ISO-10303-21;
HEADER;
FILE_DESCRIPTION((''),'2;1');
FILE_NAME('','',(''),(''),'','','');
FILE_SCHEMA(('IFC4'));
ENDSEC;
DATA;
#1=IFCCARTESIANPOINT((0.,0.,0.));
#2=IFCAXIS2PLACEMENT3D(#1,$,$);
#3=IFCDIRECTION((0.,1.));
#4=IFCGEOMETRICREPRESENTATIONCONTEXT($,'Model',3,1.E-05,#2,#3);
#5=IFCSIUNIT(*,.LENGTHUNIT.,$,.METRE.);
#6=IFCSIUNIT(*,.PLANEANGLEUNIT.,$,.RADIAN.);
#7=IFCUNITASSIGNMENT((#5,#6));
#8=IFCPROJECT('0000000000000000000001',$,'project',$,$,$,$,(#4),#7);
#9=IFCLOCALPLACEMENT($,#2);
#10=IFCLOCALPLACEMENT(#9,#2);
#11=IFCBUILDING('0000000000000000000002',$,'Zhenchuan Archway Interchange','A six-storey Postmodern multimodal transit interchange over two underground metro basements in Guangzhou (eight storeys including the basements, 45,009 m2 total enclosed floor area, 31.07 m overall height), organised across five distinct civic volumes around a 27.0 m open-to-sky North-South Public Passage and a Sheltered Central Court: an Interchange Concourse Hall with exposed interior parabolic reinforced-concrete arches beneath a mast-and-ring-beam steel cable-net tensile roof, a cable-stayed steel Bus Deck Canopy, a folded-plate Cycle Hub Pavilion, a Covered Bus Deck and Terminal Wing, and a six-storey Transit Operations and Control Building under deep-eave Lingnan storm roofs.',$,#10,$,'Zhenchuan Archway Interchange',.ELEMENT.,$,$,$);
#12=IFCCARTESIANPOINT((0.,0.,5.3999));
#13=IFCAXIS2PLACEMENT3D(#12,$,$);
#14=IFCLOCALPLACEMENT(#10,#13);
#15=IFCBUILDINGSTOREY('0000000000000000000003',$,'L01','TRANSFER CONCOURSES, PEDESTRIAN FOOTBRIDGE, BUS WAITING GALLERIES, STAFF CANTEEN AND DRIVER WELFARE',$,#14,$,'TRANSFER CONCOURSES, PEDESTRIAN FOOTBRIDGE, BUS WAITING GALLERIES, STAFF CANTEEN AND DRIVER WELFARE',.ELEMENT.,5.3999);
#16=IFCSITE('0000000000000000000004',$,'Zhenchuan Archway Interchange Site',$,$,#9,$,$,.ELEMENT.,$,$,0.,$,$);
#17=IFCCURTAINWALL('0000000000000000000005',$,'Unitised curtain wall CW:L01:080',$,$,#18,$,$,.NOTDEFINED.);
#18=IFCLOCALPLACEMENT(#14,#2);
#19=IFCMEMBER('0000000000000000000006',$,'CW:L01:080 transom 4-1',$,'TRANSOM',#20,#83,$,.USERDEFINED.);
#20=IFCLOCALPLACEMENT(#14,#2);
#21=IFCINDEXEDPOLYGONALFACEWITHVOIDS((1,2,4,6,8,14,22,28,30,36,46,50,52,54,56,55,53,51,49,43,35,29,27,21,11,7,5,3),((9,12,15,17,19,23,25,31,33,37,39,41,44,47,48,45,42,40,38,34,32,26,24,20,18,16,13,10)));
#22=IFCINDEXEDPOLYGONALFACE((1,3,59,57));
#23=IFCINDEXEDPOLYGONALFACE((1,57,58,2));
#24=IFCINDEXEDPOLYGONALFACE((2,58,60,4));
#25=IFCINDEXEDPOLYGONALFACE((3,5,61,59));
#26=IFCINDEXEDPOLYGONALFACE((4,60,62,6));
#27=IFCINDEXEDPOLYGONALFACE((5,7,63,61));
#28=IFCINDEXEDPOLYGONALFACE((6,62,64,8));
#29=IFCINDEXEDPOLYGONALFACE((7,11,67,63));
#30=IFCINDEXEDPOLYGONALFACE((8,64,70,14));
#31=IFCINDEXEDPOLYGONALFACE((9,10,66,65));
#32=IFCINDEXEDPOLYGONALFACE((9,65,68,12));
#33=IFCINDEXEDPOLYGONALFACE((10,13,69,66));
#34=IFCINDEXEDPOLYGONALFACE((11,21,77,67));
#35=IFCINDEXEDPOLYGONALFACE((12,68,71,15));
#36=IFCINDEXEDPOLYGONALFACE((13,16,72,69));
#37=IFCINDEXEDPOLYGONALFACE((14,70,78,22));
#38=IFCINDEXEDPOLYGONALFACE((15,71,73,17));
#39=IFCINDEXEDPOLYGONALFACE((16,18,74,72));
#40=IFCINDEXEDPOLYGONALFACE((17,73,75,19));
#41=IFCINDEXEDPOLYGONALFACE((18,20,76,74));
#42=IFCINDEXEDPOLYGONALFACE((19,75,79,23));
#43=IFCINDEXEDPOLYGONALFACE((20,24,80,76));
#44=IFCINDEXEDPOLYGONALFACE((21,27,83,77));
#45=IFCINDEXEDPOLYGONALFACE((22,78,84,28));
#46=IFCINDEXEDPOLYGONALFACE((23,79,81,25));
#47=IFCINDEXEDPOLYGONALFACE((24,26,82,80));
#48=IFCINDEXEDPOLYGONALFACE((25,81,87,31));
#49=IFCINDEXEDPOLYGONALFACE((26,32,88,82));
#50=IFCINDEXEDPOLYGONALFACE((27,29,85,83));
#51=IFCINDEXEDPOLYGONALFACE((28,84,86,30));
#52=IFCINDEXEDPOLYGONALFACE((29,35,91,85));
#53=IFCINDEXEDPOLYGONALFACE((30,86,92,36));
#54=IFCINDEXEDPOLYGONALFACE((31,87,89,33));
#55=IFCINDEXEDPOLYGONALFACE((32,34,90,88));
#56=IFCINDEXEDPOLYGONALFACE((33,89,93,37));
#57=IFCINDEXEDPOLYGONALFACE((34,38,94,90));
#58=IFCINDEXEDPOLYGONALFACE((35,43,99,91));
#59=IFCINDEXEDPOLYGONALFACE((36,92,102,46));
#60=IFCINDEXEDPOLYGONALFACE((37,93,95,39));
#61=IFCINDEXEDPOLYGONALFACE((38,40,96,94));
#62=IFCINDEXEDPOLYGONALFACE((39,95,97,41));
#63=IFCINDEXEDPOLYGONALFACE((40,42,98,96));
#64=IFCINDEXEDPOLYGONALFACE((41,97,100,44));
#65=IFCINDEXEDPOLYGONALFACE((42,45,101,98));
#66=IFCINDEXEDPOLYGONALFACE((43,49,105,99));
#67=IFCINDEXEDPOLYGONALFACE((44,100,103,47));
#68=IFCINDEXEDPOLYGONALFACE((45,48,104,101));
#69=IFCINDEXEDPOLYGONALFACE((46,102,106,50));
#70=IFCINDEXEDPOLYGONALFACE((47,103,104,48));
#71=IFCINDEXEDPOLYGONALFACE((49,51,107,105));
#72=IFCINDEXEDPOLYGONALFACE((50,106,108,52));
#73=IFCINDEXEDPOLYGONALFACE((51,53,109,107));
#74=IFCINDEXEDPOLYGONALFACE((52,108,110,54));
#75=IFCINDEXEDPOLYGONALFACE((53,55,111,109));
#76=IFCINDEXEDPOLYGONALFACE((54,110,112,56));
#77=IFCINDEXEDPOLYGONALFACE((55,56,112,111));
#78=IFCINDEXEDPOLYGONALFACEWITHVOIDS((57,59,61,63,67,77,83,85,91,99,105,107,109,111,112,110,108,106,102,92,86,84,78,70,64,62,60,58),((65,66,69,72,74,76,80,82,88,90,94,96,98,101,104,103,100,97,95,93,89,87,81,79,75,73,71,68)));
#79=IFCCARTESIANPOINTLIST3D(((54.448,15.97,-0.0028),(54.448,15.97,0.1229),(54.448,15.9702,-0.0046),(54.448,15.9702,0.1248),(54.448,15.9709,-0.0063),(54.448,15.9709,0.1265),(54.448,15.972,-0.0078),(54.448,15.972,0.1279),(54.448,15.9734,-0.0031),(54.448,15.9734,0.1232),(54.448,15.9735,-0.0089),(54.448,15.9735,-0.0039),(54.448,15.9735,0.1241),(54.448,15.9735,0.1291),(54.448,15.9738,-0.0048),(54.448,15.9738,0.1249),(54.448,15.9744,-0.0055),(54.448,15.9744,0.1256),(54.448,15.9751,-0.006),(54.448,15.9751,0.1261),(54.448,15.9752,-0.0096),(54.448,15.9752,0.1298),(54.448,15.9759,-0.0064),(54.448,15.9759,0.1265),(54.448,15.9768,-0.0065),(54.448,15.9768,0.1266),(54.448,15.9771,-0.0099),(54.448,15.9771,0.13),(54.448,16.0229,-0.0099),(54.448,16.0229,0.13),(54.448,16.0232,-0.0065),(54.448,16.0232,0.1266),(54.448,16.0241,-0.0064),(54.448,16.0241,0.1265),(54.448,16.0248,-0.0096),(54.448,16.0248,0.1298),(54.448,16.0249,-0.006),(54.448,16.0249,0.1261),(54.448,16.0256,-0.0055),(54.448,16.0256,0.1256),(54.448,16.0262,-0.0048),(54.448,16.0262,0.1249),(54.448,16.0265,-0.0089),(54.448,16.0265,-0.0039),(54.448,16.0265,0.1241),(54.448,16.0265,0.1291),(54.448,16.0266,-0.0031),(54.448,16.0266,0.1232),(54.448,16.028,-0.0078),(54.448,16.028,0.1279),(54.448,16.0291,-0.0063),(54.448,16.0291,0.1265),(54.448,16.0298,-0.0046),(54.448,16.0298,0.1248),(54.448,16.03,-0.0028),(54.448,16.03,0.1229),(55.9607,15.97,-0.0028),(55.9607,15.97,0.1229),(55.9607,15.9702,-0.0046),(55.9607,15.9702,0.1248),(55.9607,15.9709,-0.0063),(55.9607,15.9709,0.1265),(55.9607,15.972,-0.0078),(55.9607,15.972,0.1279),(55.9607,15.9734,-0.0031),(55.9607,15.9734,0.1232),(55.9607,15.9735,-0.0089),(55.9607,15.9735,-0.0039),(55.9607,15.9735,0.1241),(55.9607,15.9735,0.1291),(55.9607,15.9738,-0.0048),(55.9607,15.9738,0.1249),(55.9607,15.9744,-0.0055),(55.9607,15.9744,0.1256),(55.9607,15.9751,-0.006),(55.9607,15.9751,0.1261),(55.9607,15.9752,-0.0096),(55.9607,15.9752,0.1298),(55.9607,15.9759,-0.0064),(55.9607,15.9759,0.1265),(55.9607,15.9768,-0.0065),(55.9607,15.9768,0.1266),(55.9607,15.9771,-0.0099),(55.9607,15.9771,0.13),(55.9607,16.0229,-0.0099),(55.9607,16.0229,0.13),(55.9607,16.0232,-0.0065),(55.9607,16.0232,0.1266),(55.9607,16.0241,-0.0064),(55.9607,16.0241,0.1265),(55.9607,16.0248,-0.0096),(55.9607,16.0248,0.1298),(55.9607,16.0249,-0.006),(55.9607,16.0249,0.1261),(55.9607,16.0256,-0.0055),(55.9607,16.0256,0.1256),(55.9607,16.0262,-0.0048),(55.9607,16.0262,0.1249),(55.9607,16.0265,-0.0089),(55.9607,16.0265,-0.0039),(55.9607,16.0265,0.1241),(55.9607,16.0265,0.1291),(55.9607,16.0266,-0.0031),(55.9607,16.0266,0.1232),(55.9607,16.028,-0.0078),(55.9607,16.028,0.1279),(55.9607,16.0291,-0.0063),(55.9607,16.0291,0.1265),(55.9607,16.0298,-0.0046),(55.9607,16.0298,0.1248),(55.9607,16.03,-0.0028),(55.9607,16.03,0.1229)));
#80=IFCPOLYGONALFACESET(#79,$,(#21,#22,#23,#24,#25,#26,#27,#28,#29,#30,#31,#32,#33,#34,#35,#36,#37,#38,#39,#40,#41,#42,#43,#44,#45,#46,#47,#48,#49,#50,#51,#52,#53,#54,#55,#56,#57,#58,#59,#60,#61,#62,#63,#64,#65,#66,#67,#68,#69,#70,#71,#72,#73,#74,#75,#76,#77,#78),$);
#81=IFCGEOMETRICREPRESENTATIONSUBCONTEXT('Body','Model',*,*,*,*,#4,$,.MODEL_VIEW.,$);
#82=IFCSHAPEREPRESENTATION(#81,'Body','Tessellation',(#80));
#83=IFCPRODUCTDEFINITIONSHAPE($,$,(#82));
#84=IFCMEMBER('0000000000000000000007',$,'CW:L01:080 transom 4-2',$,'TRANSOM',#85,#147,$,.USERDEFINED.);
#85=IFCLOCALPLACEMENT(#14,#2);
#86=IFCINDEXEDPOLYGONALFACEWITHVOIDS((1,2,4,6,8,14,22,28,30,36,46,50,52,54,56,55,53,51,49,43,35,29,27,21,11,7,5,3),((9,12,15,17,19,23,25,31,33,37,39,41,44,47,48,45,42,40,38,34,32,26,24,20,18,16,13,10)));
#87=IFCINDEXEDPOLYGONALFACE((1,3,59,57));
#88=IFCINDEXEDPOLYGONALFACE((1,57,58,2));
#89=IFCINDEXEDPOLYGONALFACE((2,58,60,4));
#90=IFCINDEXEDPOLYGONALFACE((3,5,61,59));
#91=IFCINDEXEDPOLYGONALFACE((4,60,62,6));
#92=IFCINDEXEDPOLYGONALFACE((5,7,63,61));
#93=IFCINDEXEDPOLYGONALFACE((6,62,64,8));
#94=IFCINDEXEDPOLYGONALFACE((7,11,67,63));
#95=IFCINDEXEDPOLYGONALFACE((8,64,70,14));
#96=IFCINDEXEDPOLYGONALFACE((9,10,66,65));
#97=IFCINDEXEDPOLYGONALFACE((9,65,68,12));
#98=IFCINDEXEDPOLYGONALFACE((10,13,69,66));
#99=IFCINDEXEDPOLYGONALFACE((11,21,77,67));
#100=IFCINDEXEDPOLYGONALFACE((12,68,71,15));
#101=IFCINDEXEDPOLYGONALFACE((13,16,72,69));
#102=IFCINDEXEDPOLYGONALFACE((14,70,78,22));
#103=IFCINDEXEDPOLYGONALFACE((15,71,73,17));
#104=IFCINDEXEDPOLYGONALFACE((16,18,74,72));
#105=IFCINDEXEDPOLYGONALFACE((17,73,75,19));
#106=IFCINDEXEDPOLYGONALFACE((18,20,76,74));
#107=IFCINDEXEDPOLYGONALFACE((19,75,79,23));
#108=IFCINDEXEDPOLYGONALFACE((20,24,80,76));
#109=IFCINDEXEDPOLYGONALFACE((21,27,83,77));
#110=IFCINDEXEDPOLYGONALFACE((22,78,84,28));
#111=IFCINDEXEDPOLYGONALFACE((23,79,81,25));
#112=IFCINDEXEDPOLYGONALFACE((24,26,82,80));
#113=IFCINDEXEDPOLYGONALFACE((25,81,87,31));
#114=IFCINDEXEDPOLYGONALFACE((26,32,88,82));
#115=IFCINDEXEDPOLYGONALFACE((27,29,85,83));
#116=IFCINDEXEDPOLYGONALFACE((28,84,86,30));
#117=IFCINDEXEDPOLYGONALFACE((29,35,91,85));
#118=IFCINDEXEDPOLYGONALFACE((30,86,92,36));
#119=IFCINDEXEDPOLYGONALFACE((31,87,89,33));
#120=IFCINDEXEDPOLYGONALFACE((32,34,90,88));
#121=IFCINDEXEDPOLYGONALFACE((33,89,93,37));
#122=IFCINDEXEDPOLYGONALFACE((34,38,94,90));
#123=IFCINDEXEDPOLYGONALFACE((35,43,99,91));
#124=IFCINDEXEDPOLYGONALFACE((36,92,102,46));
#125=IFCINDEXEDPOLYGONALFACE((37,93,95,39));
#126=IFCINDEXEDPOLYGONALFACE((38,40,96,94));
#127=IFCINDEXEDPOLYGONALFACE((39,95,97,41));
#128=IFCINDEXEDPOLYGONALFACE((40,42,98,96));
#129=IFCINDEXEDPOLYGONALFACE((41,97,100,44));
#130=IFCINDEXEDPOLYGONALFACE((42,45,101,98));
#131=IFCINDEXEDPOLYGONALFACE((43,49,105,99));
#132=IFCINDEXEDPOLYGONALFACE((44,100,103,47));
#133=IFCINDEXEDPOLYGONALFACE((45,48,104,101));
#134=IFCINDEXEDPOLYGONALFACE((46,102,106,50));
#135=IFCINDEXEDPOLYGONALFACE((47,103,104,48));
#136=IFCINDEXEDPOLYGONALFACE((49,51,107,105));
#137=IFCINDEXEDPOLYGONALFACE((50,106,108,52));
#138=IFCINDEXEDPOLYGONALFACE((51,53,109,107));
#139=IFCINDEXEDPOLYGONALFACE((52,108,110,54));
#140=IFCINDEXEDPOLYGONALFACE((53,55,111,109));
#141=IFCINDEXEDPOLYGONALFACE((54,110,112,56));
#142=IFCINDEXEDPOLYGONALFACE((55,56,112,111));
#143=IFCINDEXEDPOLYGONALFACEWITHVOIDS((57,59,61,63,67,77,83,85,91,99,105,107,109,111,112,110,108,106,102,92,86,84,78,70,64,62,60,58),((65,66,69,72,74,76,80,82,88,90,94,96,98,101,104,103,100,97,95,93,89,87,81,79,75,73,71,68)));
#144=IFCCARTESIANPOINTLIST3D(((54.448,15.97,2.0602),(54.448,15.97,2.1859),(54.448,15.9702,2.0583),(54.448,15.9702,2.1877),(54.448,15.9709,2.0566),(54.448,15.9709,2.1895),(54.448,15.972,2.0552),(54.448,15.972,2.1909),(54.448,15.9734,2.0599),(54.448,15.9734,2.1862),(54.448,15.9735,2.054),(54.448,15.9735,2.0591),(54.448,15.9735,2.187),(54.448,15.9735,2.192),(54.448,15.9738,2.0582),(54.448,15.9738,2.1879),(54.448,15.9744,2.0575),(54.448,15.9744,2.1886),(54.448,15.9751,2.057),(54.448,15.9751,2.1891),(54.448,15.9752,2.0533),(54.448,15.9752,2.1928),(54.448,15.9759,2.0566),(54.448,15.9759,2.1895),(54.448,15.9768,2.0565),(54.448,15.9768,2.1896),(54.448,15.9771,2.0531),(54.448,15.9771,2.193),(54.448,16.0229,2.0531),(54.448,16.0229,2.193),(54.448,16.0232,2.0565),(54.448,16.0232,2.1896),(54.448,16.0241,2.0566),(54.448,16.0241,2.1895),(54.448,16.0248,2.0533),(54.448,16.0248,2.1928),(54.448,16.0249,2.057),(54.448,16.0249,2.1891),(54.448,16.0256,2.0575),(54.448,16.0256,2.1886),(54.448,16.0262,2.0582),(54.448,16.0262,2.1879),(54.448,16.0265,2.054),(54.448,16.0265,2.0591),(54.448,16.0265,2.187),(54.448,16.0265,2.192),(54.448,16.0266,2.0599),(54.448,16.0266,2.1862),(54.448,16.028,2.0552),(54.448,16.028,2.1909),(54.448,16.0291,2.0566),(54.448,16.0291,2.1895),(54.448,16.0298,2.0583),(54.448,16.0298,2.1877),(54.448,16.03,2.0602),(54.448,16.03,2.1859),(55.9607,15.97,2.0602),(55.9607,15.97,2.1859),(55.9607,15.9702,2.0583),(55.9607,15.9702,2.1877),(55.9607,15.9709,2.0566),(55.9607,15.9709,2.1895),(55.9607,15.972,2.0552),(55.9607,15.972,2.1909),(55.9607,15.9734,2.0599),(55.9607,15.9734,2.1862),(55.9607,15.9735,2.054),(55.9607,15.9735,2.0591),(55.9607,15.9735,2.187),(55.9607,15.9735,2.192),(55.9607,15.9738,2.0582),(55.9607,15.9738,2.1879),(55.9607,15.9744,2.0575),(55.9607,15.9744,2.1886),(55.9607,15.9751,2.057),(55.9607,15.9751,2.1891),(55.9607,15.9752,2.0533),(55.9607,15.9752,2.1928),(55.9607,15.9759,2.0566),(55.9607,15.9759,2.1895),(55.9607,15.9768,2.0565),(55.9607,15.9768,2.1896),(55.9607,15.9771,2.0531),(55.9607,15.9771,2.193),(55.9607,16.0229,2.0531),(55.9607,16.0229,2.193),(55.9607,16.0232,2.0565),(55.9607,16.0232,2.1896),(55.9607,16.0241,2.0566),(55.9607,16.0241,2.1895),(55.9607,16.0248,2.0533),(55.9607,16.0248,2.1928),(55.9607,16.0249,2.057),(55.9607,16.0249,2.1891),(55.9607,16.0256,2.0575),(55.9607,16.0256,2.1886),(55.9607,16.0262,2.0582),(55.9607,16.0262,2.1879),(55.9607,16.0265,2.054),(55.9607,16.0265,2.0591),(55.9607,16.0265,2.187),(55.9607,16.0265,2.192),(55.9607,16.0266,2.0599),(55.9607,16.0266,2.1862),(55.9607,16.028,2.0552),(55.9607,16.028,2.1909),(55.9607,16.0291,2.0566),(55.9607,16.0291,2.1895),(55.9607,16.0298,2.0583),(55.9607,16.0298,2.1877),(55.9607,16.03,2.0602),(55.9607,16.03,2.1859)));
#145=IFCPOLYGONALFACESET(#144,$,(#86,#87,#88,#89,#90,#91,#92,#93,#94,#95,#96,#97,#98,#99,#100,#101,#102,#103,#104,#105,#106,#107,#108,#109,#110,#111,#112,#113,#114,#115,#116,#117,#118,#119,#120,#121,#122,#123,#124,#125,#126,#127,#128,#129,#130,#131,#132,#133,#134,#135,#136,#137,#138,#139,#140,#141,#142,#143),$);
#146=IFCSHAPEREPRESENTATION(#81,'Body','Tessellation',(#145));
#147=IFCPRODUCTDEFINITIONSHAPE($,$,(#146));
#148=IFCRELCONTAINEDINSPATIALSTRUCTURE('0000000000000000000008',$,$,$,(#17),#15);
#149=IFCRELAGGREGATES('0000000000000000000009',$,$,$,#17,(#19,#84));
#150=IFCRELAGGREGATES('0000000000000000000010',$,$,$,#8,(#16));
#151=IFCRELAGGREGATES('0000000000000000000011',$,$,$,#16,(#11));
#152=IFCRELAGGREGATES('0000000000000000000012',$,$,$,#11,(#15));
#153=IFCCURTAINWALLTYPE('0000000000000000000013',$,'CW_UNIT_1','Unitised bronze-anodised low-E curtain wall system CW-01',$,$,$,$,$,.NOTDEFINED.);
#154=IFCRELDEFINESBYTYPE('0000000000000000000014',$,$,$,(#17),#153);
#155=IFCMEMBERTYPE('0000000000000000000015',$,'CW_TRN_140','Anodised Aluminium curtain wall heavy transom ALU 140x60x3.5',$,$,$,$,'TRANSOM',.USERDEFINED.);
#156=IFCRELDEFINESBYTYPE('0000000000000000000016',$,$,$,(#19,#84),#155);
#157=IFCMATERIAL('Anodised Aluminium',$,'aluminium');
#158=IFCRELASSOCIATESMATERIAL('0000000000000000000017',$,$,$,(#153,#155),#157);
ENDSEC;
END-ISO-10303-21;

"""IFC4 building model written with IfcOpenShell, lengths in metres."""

from ifc_helpers import new_model, si_unit, direction, frame, origin, origin_2d, place, context, subcontext, project, spatial, hollow_rectangle, extrude, material, material_profile, profile_set, type_object, element, aggregate, save


model = new_model("IFC4")

# Units and contexts
model_context = context("Model", 3, precision=1e-05, world=origin(), true_north=direction((0.0, 1.0)))
body_context = subcontext(model_context, "Body", "Model", "MODEL_VIEW")
ifc_project = project(units=[si_unit("LENGTHUNIT", "METRE"), si_unit("PLANEANGLEUNIT", "RADIAN")], contexts=[model_context])

# Site, building, storey
site_placement = place(None, origin())
site = spatial("IfcSite", under=ifc_project, at=site_placement, Name="Zhenchuan Archway Interchange Site", CompositionType="ELEMENT", RefElevation=0.0)
building_placement = place(site_placement, origin())
building = spatial("IfcBuilding", under=site, at=building_placement, Name="Zhenchuan Archway Interchange", Description="A six-storey Postmodern multimodal transit interchange over two underground metro basements in Guangzhou (eight storeys including the basements, 45,009 m2 total enclosed floor area, 31.07 m overall height), organised across five distinct civic volumes around a 27.0 m open-to-sky North-South Public Passage and a Sheltered Central Court: an Interchange Concourse Hall with exposed interior parabolic reinforced-concrete arches beneath a mast-and-ring-beam steel cable-net tensile roof, a cable-stayed steel Bus Deck Canopy, a folded-plate Cycle Hub Pavilion, a Covered Bus Deck and Terminal Wing, and a six-storey Transit Operations and Control Building under deep-eave Lingnan storm roofs.", LongName="Zhenchuan Archway Interchange", CompositionType="ELEMENT")
storey_placement = place(building_placement, frame((0.0, 0.0, 5.3999)))
storey = spatial("IfcBuildingStorey", under=building, at=storey_placement, Name="L01", Description="TRANSFER CONCOURSES, PEDESTRIAN FOOTBRIDGE, BUS WAITING GALLERIES, STAFF CANTEEN AND DRIVER WELFARE", LongName="TRANSFER CONCOURSES, PEDESTRIAN FOOTBRIDGE, BUS WAITING GALLERIES, STAFF CANTEEN AND DRIVER WELFARE", CompositionType="ELEMENT", Elevation=5.3999)

# Curtain wall
ifc_material_1 = material(Name="Anodised Aluminium", Category="aluminium")
curtain_wall_type_1 = type_object("IfcCurtainWallType", Name="CW_UNIT_1", Description="Unitised bronze-anodised low-E curtain wall system CW-01", PredefinedType="NOTDEFINED", material=ifc_material_1)
curtain_wall_1_placement = place(storey_placement, origin())
curtain_wall_1 = element("IfcCurtainWall", 1, at=curtain_wall_1_placement, inside=storey, type_object=curtain_wall_type_1, Name="Unitised curtain wall CW:L01:080", PredefinedType="NOTDEFINED")

# Members
ifc_material_profile_1 = material_profile(ifc_material_1, hollow_rectangle(XDim=0.0601, YDim=0.1399, WallThickness=0.0034, InnerFilletRadius=0.0034, OuterFilletRadius=0.0071, at=origin_2d()), Name="ALU 140x60x3.5")
ifc_profile_set_1 = profile_set([ifc_material_profile_1], Name="Anodised Aluminium")
member_type_1 = type_object("IfcMemberType", Name="CW_TRN_140", Description="Anodised Aluminium curtain wall heavy transom ALU 140x60x3.5", ElementType="TRANSOM", PredefinedType="USERDEFINED", material=ifc_profile_set_1)
member_1_placement = place(storey_placement, frame((55.9607, 16.0, 0.0601), z_axis=(-1.0, 0.0, 0.0), x_axis=(0.0, -1.0, 0.0)))
member_1 = element("IfcMember", 2, at=member_1_placement, type_object=member_type_1, Name="CW:L01:080 transom 4-1", ObjectType="TRANSOM", PredefinedType="USERDEFINED", context=body_context, shape_type="SweptSolid", body=[
    extrude(hollow_rectangle(XDim=0.0601, YDim=0.1399, WallThickness=0.0034, InnerFilletRadius=0.0034, OuterFilletRadius=0.0071, at=origin_2d()), origin(), (0.0, 0.0, 1.0), 1.5127),
])
member_2_placement = place(storey_placement, frame((55.9607, 16.0, 2.123), z_axis=(-1.0, 0.0, 0.0), x_axis=(0.0, -1.0, 0.0)))
member_2 = element("IfcMember", 3, at=member_2_placement, type_object=member_type_1, Name="CW:L01:080 transom 4-2", ObjectType="TRANSOM", PredefinedType="USERDEFINED", context=body_context, shape_type="SweptSolid", body=[
    extrude(hollow_rectangle(XDim=0.0601, YDim=0.1399, WallThickness=0.0034, InnerFilletRadius=0.0034, OuterFilletRadius=0.0071, at=origin_2d()), origin(), (0.0, 0.0, 1.0), 1.5127),
])

aggregate(curtain_wall_1, [member_1, member_2])

save(model, "model.ifc")
